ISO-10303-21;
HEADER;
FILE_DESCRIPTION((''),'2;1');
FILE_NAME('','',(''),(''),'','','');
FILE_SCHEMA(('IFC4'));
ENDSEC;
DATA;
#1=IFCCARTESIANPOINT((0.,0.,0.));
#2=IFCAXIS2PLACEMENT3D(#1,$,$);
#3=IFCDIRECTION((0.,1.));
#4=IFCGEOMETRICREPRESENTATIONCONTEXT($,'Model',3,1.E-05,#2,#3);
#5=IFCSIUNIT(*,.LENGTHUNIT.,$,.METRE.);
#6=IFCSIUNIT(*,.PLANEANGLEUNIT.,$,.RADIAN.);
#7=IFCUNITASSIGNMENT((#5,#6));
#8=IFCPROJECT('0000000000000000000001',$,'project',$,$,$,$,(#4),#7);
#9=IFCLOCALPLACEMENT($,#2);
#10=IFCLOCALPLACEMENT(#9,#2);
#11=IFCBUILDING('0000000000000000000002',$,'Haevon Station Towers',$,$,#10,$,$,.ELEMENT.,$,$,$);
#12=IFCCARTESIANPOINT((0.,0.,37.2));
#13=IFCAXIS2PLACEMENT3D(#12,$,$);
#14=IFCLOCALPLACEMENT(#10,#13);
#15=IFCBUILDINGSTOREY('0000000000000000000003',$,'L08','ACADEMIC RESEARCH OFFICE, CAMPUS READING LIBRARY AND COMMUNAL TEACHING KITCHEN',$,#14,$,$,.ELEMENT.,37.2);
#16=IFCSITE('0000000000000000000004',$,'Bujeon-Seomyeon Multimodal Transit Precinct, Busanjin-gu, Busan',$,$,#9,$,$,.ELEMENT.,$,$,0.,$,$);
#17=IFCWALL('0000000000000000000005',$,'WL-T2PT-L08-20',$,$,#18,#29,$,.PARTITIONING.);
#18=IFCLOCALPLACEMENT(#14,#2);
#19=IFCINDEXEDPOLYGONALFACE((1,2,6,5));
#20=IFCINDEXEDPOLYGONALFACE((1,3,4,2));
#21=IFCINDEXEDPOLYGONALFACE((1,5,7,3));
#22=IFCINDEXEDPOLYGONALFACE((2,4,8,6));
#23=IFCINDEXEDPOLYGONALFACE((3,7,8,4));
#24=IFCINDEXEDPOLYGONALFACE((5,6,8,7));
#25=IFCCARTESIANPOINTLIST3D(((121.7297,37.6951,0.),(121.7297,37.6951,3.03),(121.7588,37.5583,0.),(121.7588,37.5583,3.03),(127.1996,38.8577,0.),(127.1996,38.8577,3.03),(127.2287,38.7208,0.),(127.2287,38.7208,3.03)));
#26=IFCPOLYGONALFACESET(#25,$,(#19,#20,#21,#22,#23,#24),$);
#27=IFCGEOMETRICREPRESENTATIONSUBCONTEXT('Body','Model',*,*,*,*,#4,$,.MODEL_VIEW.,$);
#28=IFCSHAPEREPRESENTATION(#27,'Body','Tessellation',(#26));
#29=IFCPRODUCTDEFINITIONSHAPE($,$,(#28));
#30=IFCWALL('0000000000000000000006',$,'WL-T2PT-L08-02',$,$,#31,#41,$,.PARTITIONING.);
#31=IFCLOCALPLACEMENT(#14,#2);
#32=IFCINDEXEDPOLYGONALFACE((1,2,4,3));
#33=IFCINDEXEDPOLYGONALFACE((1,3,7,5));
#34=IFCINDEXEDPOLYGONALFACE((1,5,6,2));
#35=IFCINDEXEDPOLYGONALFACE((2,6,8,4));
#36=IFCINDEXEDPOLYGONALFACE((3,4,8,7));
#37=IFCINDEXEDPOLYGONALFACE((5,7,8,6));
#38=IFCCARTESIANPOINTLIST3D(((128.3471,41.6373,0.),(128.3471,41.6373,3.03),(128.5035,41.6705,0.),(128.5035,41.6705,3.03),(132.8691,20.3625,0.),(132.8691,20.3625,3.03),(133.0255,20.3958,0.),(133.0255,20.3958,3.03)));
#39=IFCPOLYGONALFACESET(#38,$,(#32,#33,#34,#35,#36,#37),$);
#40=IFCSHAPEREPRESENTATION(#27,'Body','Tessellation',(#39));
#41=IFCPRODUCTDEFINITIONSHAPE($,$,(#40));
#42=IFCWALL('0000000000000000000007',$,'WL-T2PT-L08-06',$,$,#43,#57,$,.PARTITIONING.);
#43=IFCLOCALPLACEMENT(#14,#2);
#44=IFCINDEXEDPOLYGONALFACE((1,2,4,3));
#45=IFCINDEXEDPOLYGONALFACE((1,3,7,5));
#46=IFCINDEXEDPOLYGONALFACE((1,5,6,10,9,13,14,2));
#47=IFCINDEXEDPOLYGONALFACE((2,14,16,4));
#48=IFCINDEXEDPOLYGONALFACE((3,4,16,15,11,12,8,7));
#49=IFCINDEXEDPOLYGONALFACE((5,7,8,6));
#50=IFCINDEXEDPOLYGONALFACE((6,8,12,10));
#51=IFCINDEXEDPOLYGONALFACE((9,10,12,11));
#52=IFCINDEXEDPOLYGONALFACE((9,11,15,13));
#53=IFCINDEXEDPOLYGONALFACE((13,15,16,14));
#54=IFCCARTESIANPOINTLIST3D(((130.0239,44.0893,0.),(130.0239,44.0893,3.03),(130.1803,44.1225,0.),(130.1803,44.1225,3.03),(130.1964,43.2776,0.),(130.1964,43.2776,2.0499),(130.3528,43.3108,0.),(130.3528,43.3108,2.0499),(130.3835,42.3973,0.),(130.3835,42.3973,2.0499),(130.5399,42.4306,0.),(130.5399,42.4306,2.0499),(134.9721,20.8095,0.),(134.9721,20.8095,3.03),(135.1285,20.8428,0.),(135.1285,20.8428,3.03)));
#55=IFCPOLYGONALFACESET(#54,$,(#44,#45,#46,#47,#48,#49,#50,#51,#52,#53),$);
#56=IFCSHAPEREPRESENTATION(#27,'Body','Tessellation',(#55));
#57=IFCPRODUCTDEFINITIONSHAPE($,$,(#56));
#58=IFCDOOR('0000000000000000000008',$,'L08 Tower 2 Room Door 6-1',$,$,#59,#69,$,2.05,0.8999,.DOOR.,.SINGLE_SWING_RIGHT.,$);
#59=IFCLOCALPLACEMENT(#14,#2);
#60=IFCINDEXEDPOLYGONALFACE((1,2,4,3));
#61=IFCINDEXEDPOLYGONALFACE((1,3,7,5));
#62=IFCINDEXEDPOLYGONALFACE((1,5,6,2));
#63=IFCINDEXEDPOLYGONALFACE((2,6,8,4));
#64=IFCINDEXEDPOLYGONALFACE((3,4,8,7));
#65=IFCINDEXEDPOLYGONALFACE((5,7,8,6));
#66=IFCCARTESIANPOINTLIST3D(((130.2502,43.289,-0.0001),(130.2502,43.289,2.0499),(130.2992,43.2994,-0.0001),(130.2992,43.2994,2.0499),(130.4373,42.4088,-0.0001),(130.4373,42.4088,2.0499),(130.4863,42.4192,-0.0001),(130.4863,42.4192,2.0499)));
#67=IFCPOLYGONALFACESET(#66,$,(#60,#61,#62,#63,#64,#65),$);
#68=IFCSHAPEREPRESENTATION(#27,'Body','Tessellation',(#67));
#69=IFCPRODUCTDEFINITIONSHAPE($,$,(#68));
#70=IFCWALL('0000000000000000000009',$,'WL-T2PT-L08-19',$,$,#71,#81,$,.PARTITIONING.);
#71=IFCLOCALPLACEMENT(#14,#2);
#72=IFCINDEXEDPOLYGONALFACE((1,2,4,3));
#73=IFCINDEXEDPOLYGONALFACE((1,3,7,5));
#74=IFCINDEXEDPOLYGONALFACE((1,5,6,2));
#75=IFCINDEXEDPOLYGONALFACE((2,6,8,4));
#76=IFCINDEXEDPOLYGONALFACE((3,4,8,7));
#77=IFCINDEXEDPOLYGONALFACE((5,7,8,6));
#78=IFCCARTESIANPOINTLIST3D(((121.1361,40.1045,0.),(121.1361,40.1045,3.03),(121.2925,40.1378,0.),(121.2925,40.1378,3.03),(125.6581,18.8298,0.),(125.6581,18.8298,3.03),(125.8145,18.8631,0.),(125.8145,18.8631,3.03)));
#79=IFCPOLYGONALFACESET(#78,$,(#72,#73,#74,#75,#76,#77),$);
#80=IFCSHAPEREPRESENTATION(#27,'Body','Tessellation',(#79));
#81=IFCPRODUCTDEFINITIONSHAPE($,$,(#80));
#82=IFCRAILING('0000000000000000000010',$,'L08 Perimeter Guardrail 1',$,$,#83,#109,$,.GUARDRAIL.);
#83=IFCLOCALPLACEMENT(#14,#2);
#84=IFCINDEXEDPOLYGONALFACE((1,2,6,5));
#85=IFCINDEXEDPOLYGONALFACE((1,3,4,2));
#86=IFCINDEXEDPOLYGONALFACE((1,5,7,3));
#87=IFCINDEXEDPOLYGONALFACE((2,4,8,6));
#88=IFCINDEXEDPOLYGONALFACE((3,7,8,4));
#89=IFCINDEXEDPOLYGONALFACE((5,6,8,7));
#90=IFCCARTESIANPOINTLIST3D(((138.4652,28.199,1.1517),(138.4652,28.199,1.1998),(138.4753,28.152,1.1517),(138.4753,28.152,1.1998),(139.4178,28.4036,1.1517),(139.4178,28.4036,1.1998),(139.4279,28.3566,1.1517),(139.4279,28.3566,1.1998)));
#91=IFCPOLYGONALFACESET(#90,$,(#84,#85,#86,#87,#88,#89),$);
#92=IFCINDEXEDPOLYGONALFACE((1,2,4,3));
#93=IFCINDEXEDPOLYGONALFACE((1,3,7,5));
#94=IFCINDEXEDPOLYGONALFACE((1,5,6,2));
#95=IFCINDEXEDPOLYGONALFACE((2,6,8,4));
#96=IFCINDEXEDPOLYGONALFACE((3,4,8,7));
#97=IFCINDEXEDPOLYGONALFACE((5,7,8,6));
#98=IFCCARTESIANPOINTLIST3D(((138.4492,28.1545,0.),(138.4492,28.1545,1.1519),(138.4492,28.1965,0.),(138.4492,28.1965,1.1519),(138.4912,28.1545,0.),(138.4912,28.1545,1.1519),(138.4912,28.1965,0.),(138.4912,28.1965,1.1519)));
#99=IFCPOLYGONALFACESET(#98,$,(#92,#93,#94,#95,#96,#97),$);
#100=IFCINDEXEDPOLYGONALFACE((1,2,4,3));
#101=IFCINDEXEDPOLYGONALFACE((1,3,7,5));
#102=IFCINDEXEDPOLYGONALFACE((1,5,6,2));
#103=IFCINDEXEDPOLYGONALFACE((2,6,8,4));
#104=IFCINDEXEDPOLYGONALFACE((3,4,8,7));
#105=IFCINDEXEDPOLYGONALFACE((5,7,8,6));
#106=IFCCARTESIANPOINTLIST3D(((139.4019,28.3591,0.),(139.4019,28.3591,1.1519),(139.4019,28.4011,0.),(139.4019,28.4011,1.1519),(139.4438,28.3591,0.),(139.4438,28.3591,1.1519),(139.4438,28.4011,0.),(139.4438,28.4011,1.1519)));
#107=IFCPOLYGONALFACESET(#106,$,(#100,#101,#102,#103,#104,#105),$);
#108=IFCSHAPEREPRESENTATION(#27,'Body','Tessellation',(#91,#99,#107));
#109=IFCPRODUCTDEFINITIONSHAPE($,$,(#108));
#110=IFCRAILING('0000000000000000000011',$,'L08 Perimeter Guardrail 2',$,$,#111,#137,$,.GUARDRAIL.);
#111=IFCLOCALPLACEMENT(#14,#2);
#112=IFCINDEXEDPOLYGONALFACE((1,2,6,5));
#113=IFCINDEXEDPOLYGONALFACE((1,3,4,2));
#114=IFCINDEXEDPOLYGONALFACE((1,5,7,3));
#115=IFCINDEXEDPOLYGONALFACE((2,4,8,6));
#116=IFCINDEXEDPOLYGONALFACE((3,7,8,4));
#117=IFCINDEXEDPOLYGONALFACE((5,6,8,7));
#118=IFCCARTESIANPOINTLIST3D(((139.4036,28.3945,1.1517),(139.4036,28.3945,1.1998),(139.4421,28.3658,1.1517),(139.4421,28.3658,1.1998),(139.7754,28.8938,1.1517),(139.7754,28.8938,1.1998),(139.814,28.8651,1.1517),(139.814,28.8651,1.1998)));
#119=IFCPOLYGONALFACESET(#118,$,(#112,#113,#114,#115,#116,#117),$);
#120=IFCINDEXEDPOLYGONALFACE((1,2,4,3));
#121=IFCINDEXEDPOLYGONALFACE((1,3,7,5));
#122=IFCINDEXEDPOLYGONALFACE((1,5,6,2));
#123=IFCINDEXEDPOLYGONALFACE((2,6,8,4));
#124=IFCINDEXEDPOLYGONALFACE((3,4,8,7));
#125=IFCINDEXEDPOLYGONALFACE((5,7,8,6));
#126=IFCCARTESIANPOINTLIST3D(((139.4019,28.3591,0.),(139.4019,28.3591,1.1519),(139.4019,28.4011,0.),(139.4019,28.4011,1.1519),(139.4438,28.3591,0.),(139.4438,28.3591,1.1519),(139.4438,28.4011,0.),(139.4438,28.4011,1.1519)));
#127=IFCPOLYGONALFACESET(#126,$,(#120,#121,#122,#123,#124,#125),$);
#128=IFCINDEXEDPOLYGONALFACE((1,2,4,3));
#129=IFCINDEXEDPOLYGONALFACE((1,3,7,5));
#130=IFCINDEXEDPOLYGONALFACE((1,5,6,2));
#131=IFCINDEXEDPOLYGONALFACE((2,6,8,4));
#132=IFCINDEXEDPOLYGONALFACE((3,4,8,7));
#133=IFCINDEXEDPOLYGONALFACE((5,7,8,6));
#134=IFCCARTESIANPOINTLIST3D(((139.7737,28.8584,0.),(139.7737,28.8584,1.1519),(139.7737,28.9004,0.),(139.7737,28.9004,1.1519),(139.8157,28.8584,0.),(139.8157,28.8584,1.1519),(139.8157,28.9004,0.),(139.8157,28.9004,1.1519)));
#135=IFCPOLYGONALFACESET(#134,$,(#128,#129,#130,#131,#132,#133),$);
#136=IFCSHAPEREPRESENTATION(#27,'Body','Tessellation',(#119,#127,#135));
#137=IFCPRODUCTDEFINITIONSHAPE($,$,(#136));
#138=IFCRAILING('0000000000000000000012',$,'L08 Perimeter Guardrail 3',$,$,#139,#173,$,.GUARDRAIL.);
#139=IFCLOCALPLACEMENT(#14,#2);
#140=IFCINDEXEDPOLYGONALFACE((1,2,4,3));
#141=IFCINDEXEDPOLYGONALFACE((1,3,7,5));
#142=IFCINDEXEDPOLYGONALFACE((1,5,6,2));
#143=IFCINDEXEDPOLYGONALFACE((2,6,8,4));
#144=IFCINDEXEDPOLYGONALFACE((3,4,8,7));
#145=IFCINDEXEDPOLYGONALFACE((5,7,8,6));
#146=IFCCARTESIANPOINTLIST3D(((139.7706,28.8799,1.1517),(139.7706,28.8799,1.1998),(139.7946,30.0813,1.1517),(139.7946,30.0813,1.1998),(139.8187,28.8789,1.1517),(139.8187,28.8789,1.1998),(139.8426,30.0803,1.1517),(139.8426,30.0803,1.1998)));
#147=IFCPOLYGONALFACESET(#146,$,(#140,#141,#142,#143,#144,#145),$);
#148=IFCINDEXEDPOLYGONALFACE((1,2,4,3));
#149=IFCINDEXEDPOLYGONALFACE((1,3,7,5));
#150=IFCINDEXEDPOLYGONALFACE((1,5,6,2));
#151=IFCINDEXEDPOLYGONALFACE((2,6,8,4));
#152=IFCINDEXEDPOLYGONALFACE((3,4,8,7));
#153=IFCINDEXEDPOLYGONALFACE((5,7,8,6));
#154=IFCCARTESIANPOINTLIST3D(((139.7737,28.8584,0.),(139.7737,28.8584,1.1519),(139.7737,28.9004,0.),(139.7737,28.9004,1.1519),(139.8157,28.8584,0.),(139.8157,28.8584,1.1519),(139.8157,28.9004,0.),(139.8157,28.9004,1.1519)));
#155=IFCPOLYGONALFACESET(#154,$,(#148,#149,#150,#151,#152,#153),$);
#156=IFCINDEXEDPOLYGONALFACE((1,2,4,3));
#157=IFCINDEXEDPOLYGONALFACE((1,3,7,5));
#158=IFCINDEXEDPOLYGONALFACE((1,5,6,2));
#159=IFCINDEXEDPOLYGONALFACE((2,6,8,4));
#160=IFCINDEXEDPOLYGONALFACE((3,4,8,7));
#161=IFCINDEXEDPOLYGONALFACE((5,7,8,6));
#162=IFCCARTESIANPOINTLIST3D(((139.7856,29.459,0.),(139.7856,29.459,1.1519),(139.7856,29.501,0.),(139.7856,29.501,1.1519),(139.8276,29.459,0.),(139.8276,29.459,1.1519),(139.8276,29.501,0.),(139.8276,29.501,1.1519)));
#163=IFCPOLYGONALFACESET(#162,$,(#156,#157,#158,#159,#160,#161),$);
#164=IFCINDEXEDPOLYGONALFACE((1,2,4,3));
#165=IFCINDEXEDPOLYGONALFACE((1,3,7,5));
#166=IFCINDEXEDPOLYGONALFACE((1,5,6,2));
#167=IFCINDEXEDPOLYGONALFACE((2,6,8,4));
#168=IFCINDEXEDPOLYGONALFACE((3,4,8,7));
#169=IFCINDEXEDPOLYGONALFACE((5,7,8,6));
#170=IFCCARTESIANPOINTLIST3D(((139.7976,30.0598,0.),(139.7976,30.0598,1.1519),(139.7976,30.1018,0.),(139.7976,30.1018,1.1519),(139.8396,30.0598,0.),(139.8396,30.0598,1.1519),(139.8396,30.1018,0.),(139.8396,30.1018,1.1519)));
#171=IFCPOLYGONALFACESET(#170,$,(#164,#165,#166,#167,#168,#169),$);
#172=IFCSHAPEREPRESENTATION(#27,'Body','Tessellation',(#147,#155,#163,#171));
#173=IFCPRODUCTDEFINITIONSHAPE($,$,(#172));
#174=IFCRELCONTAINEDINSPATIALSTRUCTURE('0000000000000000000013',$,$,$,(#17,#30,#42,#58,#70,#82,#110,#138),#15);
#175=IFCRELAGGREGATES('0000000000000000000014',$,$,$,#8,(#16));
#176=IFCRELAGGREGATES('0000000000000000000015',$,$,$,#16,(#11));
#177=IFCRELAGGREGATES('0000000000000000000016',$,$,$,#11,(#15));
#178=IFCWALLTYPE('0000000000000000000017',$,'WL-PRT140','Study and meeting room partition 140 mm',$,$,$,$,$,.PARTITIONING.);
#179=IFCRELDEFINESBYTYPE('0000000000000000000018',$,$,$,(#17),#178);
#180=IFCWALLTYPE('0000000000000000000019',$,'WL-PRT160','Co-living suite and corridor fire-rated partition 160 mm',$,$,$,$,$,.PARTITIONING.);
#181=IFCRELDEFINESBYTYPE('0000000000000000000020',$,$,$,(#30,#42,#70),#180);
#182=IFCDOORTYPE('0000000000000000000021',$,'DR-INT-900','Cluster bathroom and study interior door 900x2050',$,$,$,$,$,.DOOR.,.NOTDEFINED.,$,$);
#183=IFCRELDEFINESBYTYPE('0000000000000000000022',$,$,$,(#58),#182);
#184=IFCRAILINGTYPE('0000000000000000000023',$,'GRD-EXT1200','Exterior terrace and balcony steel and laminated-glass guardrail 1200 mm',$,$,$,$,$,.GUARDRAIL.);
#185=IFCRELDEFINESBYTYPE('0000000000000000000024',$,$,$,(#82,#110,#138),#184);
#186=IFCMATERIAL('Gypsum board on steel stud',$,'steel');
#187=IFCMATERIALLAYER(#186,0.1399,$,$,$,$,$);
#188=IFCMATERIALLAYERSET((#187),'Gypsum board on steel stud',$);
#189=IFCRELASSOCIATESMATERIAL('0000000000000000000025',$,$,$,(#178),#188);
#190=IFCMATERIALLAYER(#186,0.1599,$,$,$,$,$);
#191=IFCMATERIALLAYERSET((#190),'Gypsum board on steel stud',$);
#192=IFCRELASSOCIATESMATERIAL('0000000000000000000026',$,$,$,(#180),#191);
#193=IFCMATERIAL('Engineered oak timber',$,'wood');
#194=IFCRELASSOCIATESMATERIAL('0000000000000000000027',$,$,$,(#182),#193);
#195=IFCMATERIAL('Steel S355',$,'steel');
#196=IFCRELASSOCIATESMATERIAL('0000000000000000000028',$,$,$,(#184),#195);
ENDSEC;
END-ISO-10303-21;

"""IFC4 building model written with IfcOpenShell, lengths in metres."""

from ifc_helpers import new_model, si_unit, direction, frame, frame_2d, origin, origin_2d, place, context, subcontext, project, spatial, rectangle, extrude, material, layer, layer_set, type_object, element, fill, save


model = new_model("IFC4")

# Units and contexts
model_context = context("Model", 3, precision=1e-05, world=origin(), true_north=direction((0.0, 1.0)))
body_context = subcontext(model_context, "Body", "Model", "MODEL_VIEW")
ifc_project = project(units=[si_unit("LENGTHUNIT", "METRE"), si_unit("PLANEANGLEUNIT", "RADIAN")], contexts=[model_context])

# Site, building, storey
site_placement = place(None, origin())
site = spatial("IfcSite", under=ifc_project, at=site_placement, Name="Bujeon-Seomyeon Multimodal Transit Precinct, Busanjin-gu, Busan", CompositionType="ELEMENT", RefElevation=0.0)
building_placement = place(site_placement, origin())
building = spatial("IfcBuilding", under=site, at=building_placement, Name="Haevon Station Towers", CompositionType="ELEMENT")
storey_placement = place(building_placement, frame((0.0, 0.0, 37.2)))
storey = spatial("IfcBuildingStorey", under=building, at=storey_placement, Name="L08", Description="ACADEMIC RESEARCH OFFICE, CAMPUS READING LIBRARY AND COMMUNAL TEACHING KITCHEN", CompositionType="ELEMENT", Elevation=37.2)

# Shared definitions
ifc_material_1 = material(Name="Steel S355", Category="steel")

# Walls
ifc_material_2 = material(Name="Gypsum board on steel stud", Category="steel")
ifc_layer_1 = layer(ifc_material_2, 0.1399)
ifc_layer_set_1 = layer_set([ifc_layer_1], Name="Gypsum board on steel stud")
wall_type_1 = type_object("IfcWallType", Name="WL-PRT140", Description="Study and meeting room partition 140 mm", PredefinedType="PARTITIONING", material=ifc_layer_set_1)
wall_1_placement = place(storey_placement, frame((121.7444, 37.6267, 0.0), z_axis=(0.0, 0.0, 1.0), x_axis=(0.978151, 0.207898, 0.0)))
element("IfcWall", 1, at=wall_1_placement, inside=storey, type_object=wall_type_1, Name="WL-T2PT-L08-20", PredefinedType="PARTITIONING", context=body_context, shape_type="SweptSolid", body=[
    extrude(rectangle(XDim=5.592, YDim=0.1399, at=frame_2d((2.7959, 0.0))), origin(), (0.0, 0.0, 1.0), 3.03),
])
ifc_layer_2 = layer(ifc_material_2, 0.1599)
ifc_layer_set_2 = layer_set([ifc_layer_2], Name="Gypsum board on steel stud")
wall_type_2 = type_object("IfcWallType", Name="WL-PRT160", Description="Co-living suite and corridor fire-rated partition 160 mm", PredefinedType="PARTITIONING", material=ifc_layer_set_2)
wall_2_placement = place(storey_placement, frame((132.9473, 20.3792, 0.0), z_axis=(0.0, 0.0, 1.0), x_axis=(-0.207907, 0.978148, 0.0)))
element("IfcWall", 2, at=wall_2_placement, inside=storey, type_object=wall_type_2, Name="WL-T2PT-L08-02", PredefinedType="PARTITIONING", context=body_context, shape_type="SweptSolid", body=[
    extrude(rectangle(XDim=21.75, YDim=0.1599, at=frame_2d((10.875, 0.0))), origin(), (0.0, 0.0, 1.0), 3.03),
])

# Wall, opening, door
wall_3_placement = place(storey_placement, frame((135.0503, 20.8262, 0.0), z_axis=(0.0, 0.0, 1.0), x_axis=(-0.207911, 0.978148, 0.0)))
wall_3 = element("IfcWall", 3, at=wall_3_placement, inside=storey, type_object=wall_type_2, Name="WL-T2PT-L08-06", PredefinedType="PARTITIONING", context=body_context, shape_type="SweptSolid", body=[
    extrude(rectangle(XDim=23.7998, YDim=0.1599, at=frame_2d((11.8999, 0.0))), origin(), (0.0, 0.0, 1.0), 3.03),
])
opening_1_placement = place(wall_3_placement, frame((22.0701, 0.0, 0.0)))
opening_1 = element("IfcOpeningElement", 4, at=opening_1_placement, cuts=wall_3, PredefinedType="OPENING", context=body_context, shape_type="SweptSolid", body=[
    extrude(rectangle(XDim=0.8999, YDim=2.05, at=frame_2d((0.45, 1.0249))), frame((0.0, 0.0898, 0.0), z_axis=(0.0, -1.0, 0.0), x_axis=(1.0, 0.0, 0.0)), (0.0, 0.0, 1.0), 0.1799),
])
ifc_material_3 = material(Name="Engineered oak timber", Category="wood")
door_type = type_object("IfcDoorType", Name="DR-INT-900", Description="Cluster bathroom and study interior door 900x2050", OperationType="NOTDEFINED", PredefinedType="DOOR", material=ifc_material_3)
door_placement = place(opening_1_placement, origin())
door = element("IfcDoor", 5, at=door_placement, inside=storey, type_object=door_type, Name="L08 Tower 2 Room Door 6-1", OperationType="SINGLE_SWING_RIGHT", OverallHeight=2.05, OverallWidth=0.8999, PredefinedType="DOOR", context=body_context, shape_type="SweptSolid", body=[
    extrude(rectangle(XDim=0.8999, YDim=2.05, at=frame_2d((0.45, 1.0249))), frame((0.0, 0.0249, 0.0), z_axis=(0.0, -1.0, 0.0), x_axis=(1.0, 0.0, 0.0)), (0.0, 0.0, 1.0), 0.05),
])
fill(opening_1, door)

# Wall
wall_4_placement = place(storey_placement, frame((125.7363, 18.8464, 0.0), z_axis=(0.0, 0.0, 1.0), x_axis=(-0.207907, 0.978148, 0.0)))
element("IfcWall", 6, at=wall_4_placement, inside=storey, type_object=wall_type_2, Name="WL-T2PT-L08-19", PredefinedType="PARTITIONING", context=body_context, shape_type="SweptSolid", body=[
    extrude(rectangle(XDim=21.75, YDim=0.1599, at=frame_2d((10.875, 0.0))), origin(), (0.0, 0.0, 1.0), 3.03),
])

# Railings
railing_type = type_object("IfcRailingType", Name="GRD-EXT1200", Description="Exterior terrace and balcony steel and laminated-glass guardrail 1200 mm", PredefinedType="GUARDRAIL", material=ifc_material_1)
railing_1_placement = place(storey_placement, frame((138.4702, 28.1755, 0.0)))
element("IfcRailing", 7, at=railing_1_placement, inside=storey, type_object=railing_type, Name="L08 Perimeter Guardrail 1", PredefinedType="GUARDRAIL", context=body_context, shape_type="SweptSolid", body=[
    extrude(rectangle(XDim=0.0481, YDim=0.0481, at=origin_2d()), frame((0.0, 0.0, 1.1758), z_axis=(0.977707, 0.209974, 0.0), x_axis=(-0.209974, 0.977707, 0.0)), (0.0, 0.0, 1.0), 0.9744),
    extrude(rectangle(XDim=0.042, YDim=0.042, at=origin_2d()), origin(), (0.0, 0.0, 1.0), 1.1519),
    extrude(rectangle(XDim=0.042, YDim=0.042, at=origin_2d()), frame((0.9526, 0.2046, 0.0)), (0.0, 0.0, 1.0), 1.1519),
])
railing_2_placement = place(storey_placement, frame((139.4229, 28.3801, 0.0)))
element("IfcRailing", 8, at=railing_2_placement, inside=storey, type_object=railing_type, Name="L08 Perimeter Guardrail 2", PredefinedType="GUARDRAIL", context=body_context, shape_type="SweptSolid", body=[
    extrude(rectangle(XDim=0.0481, YDim=0.0481, at=origin_2d()), frame((0.0, 0.0, 1.1758), z_axis=(0.597298, 0.802019, 0.0), x_axis=(-0.802019, 0.597298, 0.0)), (0.0, 0.0, 1.0), 0.6226),
    extrude(rectangle(XDim=0.042, YDim=0.042, at=origin_2d()), origin(), (0.0, 0.0, 1.0), 1.1519),
    extrude(rectangle(XDim=0.042, YDim=0.042, at=origin_2d()), frame((0.3718, 0.4993, 0.0)), (0.0, 0.0, 1.0), 1.1519),
])
railing_3_placement = place(storey_placement, frame((139.7947, 28.8794, 0.0)))
element("IfcRailing", 9, at=railing_3_placement, inside=storey, type_object=railing_type, Name="L08 Perimeter Guardrail 3", PredefinedType="GUARDRAIL", context=body_context, shape_type="SweptSolid", body=[
    extrude(rectangle(XDim=0.0481, YDim=0.0481, at=origin_2d()), frame((0.0, 0.0, 1.1758), z_axis=(0.019911, 0.999802, 0.0), x_axis=(-0.999802, 0.019911, 0.0)), (0.0, 0.0, 1.0), 1.2017),
    extrude(rectangle(XDim=0.042, YDim=0.042, at=origin_2d()), origin(), (0.0, 0.0, 1.0), 1.1519),
    extrude(rectangle(XDim=0.042, YDim=0.042, at=origin_2d()), frame((0.012, 0.6006, 0.0)), (0.0, 0.0, 1.0), 1.1519),
    extrude(rectangle(XDim=0.042, YDim=0.042, at=origin_2d()), frame((0.0239, 1.2014, 0.0)), (0.0, 0.0, 1.0), 1.1519),
])

save(model, "model.ifc")
